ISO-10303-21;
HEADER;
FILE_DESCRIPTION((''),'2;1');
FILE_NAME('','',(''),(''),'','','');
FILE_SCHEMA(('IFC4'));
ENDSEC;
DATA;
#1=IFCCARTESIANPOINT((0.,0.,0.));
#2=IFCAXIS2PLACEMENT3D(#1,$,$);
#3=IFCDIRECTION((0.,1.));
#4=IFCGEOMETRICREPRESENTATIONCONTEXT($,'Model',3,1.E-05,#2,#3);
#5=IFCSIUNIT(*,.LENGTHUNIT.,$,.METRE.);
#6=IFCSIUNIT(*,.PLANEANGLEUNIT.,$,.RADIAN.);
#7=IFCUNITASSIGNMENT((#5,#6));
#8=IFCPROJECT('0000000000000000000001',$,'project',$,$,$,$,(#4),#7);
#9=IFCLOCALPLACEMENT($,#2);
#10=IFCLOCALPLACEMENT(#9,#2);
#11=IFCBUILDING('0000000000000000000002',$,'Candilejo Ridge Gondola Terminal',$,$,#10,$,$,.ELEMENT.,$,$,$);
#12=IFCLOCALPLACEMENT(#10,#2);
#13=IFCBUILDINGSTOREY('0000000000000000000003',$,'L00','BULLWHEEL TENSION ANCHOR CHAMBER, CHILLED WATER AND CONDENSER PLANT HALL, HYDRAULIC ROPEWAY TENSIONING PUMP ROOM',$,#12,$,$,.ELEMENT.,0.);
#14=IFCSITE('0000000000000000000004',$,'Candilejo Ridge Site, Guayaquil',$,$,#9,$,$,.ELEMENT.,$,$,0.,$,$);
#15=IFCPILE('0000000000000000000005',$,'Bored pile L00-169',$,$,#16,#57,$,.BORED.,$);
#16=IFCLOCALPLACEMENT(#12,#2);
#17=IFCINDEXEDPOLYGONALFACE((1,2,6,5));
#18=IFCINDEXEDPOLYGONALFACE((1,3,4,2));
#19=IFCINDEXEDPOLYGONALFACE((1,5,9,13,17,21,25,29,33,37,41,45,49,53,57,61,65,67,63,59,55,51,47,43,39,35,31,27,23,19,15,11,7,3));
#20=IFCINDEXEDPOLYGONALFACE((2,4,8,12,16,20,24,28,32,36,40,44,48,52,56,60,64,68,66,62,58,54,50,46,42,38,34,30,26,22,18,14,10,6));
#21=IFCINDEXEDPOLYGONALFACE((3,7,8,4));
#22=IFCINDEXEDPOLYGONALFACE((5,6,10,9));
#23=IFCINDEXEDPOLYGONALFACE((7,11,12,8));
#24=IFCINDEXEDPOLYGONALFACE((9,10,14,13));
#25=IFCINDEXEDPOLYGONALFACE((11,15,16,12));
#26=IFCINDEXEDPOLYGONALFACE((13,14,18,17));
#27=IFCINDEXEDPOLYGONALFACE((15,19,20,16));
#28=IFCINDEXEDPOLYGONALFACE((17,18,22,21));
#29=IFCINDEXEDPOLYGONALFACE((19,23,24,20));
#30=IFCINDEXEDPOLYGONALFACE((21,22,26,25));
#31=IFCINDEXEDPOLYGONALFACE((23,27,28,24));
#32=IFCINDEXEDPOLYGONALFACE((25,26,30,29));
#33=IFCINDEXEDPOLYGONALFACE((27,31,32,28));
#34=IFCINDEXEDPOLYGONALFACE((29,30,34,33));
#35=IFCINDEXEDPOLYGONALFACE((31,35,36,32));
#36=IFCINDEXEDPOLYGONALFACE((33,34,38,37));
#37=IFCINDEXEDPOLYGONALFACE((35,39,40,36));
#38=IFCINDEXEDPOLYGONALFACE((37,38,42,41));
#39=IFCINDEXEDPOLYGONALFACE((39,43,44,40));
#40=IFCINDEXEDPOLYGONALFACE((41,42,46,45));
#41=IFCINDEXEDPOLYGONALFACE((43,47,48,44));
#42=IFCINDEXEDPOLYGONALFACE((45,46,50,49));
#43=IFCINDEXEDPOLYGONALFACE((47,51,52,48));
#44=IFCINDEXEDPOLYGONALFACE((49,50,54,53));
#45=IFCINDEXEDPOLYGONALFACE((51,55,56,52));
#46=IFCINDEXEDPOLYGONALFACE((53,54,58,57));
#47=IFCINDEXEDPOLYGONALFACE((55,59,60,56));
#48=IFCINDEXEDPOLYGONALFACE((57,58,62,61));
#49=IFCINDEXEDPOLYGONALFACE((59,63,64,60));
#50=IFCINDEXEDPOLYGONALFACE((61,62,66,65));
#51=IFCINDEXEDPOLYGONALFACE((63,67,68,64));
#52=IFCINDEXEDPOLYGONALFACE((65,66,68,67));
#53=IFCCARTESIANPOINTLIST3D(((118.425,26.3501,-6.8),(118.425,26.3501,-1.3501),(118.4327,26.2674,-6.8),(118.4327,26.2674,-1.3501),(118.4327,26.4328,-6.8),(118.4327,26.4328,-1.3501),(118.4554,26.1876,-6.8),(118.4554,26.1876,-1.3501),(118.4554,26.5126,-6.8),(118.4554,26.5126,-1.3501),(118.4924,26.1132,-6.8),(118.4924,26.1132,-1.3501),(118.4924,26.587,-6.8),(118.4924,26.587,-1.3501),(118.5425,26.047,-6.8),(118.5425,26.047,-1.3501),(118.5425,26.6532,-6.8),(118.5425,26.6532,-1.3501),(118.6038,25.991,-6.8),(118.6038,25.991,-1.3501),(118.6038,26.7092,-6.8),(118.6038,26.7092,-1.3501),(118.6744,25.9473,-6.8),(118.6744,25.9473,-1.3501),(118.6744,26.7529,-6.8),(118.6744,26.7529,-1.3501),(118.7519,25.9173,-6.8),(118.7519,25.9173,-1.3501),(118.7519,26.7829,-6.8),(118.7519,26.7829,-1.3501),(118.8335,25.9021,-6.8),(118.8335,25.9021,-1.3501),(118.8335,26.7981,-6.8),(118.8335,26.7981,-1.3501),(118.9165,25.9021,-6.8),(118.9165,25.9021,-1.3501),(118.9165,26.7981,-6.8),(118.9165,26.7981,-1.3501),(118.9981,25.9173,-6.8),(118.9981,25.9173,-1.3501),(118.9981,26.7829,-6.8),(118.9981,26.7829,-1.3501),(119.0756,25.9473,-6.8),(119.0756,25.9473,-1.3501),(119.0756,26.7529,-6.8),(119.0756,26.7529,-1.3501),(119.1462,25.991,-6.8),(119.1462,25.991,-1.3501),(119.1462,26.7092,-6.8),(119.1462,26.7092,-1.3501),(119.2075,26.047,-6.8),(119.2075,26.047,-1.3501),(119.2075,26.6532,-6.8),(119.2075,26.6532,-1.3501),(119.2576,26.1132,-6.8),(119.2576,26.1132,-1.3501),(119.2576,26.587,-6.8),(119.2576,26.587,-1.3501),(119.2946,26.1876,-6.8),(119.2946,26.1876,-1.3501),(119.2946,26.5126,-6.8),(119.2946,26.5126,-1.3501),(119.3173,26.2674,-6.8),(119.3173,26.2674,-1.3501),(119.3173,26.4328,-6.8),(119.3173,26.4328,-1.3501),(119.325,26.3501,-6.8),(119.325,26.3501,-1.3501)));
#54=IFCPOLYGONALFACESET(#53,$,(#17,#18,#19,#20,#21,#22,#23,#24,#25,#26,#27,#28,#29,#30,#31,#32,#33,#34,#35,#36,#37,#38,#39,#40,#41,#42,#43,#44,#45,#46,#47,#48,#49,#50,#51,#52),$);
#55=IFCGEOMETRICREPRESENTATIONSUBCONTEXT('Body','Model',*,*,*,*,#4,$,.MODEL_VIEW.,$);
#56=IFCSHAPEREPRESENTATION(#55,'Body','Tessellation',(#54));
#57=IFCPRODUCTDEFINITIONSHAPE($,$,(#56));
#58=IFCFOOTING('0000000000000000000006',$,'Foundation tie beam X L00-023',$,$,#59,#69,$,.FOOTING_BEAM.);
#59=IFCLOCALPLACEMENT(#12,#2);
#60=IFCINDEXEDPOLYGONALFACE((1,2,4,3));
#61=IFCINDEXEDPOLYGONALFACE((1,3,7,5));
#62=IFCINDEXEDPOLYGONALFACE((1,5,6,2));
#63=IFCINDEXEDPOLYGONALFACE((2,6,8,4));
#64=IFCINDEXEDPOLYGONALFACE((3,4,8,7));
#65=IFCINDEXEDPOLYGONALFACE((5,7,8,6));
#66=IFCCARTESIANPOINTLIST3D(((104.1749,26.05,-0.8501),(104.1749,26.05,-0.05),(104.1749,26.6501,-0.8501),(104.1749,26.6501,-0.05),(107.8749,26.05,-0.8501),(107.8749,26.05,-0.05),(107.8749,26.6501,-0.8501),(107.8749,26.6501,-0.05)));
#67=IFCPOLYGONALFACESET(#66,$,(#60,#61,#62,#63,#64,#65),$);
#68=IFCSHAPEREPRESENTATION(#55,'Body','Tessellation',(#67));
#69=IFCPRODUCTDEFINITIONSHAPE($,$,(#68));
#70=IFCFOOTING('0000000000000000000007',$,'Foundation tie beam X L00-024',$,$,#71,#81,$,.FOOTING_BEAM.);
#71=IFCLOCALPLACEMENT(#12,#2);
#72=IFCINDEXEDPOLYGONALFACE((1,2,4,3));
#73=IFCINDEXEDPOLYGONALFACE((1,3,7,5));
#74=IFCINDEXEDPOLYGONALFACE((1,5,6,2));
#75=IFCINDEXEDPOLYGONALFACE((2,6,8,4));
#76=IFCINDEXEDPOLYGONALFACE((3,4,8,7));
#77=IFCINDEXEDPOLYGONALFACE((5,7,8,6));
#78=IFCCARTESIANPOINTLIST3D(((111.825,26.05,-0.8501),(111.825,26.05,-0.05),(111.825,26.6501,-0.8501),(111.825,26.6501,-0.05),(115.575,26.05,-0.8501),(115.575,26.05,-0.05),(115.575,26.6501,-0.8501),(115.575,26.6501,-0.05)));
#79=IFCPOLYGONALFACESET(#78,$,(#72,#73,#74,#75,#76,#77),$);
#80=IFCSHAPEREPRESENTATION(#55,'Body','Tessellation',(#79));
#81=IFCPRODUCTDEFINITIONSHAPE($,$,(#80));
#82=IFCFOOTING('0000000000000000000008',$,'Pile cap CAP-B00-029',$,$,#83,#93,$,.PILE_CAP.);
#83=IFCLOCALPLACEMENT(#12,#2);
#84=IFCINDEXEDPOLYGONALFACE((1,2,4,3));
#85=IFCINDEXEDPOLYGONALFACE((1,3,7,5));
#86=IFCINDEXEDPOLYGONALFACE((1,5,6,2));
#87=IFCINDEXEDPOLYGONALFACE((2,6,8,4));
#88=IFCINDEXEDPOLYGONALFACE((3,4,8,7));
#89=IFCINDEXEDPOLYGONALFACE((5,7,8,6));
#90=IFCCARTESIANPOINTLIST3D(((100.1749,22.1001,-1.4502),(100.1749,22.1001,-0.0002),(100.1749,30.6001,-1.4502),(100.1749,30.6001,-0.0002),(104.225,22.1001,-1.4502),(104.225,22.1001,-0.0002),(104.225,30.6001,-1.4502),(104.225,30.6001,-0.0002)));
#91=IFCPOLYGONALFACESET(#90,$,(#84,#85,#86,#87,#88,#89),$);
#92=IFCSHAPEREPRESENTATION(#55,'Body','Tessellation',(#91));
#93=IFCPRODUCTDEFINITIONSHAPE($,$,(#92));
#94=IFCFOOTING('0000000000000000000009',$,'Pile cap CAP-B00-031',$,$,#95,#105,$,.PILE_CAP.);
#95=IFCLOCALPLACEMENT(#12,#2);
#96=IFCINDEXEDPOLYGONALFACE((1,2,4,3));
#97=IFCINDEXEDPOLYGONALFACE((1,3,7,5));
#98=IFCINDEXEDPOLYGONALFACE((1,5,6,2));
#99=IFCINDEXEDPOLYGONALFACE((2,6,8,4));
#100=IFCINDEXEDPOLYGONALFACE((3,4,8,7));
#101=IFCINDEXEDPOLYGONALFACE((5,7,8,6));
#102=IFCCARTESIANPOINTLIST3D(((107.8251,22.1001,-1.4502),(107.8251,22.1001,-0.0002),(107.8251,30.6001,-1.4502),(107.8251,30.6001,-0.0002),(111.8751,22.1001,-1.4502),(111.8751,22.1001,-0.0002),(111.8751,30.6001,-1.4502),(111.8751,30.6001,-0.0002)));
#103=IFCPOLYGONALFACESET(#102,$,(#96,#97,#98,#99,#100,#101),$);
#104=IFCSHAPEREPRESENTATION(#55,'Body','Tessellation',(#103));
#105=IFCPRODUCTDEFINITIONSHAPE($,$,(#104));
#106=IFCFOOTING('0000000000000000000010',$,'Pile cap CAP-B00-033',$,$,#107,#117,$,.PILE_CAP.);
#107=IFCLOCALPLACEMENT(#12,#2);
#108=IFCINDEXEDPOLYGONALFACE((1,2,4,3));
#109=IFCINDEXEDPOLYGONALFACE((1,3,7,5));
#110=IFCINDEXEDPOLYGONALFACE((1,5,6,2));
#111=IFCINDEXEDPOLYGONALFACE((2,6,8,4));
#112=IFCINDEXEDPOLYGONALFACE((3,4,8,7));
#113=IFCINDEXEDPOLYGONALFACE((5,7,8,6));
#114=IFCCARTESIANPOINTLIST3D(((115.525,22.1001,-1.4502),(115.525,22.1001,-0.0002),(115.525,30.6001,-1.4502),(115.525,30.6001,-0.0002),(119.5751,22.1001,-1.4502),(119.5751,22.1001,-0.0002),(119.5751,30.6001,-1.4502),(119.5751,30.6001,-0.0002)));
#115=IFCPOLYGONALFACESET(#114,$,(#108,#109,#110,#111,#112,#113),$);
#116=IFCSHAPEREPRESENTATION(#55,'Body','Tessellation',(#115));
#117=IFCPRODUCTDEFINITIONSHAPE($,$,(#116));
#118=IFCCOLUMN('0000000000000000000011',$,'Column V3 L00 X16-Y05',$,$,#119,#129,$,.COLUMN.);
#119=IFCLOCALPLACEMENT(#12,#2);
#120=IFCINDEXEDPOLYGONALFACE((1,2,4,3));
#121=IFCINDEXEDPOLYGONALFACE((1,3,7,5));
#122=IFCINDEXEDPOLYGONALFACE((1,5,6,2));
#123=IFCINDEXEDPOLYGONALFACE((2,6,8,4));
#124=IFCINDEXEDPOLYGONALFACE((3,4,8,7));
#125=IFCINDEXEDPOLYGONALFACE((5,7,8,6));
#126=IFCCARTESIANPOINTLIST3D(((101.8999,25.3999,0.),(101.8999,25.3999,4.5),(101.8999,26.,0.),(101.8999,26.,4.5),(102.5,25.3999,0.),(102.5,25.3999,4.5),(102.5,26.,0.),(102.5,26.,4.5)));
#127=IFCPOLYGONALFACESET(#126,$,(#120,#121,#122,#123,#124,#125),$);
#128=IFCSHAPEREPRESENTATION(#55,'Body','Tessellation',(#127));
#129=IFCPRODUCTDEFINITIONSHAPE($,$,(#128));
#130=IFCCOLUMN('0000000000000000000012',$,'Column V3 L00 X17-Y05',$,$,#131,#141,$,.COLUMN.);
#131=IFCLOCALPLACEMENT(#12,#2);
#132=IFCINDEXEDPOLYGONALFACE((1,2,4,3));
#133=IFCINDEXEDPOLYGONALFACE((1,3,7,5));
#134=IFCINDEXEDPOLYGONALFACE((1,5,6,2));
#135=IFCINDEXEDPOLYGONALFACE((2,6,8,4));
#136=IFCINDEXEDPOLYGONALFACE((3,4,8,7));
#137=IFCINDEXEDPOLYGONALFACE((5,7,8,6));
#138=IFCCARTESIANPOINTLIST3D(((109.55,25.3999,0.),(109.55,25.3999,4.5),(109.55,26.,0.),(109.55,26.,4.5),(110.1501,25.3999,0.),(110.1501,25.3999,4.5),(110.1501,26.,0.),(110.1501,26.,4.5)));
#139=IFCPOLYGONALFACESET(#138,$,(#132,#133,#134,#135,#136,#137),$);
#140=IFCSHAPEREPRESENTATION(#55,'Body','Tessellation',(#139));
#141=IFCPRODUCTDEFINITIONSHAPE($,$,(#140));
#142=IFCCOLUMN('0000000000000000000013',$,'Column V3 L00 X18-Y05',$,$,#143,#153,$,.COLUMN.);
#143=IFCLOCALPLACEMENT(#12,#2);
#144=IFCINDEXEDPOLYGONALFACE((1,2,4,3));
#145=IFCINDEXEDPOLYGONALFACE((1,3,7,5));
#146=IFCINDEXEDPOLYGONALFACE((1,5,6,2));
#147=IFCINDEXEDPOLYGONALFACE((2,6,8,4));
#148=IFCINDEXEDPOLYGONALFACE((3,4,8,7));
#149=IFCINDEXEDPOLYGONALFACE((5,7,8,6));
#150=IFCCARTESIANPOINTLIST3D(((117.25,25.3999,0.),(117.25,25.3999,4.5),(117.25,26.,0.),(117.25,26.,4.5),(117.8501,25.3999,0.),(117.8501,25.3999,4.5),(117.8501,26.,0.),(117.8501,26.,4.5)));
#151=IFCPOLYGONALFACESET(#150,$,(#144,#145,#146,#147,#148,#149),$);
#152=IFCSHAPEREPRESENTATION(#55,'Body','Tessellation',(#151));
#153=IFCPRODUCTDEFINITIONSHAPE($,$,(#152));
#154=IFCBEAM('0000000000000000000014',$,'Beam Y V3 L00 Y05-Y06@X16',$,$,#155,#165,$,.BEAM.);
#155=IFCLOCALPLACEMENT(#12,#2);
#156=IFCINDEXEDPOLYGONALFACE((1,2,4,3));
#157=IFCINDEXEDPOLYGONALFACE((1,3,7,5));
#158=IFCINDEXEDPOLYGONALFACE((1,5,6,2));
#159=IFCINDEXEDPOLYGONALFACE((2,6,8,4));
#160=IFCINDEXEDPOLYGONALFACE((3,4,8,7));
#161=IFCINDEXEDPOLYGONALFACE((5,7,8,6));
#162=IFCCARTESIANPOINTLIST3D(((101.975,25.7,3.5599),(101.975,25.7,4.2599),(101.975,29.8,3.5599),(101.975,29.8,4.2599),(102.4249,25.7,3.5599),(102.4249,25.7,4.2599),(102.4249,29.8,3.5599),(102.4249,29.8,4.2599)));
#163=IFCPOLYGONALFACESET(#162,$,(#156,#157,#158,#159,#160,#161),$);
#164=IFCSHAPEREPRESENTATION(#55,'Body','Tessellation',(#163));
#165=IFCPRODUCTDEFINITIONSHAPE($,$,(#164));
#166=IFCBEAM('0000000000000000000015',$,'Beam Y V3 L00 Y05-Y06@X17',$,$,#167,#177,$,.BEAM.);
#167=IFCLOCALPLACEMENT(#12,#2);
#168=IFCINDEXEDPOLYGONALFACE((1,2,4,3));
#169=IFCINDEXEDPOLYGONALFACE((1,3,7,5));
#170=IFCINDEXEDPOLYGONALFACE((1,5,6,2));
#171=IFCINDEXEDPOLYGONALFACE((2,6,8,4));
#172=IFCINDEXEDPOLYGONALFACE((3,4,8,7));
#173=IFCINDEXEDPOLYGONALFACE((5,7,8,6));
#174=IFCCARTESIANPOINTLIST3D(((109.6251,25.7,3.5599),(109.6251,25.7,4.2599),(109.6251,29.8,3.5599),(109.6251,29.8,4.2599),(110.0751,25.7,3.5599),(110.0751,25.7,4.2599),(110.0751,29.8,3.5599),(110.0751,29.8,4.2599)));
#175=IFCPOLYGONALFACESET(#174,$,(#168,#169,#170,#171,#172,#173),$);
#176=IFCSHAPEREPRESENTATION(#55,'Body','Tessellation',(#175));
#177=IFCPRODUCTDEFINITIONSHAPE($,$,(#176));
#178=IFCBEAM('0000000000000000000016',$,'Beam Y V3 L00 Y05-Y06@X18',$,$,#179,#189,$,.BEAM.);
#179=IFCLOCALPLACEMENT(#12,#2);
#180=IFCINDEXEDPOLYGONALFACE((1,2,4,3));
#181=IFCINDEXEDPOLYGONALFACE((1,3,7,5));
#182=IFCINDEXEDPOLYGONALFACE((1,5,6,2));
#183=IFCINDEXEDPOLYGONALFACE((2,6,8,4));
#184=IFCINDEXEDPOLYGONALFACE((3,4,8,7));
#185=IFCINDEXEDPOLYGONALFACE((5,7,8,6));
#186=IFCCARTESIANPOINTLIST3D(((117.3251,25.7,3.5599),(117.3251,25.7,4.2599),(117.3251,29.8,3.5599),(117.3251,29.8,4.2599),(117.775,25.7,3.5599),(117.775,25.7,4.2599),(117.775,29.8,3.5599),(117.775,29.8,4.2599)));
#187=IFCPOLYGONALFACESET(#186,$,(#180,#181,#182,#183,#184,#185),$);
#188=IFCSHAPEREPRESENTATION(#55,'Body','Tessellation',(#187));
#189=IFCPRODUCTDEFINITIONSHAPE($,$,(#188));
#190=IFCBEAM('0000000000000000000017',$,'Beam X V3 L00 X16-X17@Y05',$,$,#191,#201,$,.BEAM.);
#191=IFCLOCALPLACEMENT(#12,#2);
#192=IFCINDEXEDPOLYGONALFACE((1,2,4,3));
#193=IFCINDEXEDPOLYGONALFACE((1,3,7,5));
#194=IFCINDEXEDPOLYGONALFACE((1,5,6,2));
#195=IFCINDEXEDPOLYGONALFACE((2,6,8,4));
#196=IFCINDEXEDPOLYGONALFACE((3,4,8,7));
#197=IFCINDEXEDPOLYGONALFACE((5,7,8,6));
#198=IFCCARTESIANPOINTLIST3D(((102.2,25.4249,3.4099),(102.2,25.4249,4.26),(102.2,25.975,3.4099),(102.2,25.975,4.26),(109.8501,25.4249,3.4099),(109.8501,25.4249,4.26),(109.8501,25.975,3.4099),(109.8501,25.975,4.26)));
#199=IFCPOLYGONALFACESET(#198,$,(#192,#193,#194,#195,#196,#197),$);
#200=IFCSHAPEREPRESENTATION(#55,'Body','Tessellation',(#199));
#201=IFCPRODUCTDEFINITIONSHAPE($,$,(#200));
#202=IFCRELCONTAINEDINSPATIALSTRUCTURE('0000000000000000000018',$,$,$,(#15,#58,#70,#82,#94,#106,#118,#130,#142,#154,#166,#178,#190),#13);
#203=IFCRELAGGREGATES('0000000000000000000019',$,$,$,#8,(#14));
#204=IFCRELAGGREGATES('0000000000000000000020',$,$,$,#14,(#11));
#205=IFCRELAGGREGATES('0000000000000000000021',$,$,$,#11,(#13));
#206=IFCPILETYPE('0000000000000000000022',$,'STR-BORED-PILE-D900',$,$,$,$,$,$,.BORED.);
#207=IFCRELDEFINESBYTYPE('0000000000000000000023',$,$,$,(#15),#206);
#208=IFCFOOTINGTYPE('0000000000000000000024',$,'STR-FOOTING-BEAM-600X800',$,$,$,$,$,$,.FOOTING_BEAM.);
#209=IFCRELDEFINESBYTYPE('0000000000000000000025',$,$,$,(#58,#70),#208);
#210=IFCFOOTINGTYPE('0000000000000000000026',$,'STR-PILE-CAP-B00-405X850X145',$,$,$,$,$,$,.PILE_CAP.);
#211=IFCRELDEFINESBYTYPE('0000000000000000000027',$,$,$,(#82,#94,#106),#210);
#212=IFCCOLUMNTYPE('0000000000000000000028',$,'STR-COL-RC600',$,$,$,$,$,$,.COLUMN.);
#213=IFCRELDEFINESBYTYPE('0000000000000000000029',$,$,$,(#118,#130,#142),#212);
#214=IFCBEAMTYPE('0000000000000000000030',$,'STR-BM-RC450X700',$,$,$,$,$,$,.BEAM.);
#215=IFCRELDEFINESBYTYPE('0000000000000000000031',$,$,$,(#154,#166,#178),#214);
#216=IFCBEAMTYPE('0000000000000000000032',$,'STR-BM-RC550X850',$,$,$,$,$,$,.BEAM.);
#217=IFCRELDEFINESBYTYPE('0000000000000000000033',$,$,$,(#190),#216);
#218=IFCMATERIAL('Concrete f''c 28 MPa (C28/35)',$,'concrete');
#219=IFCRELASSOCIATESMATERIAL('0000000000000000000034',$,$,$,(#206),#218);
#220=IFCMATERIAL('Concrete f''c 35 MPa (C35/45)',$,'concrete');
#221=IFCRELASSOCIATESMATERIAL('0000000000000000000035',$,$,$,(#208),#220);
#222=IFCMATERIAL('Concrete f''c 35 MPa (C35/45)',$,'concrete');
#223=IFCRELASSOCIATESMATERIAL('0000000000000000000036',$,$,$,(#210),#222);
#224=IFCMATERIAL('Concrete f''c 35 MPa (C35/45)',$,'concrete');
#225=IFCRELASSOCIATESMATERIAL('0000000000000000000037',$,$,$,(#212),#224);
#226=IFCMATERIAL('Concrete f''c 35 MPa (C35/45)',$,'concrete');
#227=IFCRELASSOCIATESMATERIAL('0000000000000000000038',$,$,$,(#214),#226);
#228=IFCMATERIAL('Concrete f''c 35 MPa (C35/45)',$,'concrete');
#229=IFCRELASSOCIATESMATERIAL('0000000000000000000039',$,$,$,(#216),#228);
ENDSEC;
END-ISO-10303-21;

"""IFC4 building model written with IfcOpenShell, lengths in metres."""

from ifc_helpers import new_model, si_unit, direction, frame, origin, origin_2d, place, context, subcontext, project, spatial, rectangle, circle, extrude, material, material_profile, profile_set, type_object, element, save


model = new_model("IFC4")

# Units and contexts
model_context = context("Model", 3, precision=1e-05, world=origin(), true_north=direction((0.0, 1.0)))
body_context = subcontext(model_context, "Body", "Model", "MODEL_VIEW")
ifc_project = project(units=[si_unit("LENGTHUNIT", "METRE"), si_unit("PLANEANGLEUNIT", "RADIAN")], contexts=[model_context])

# Site, building, storey
site_placement = place(None, origin())
site = spatial("IfcSite", under=ifc_project, at=site_placement, Name="Candilejo Ridge Site, Guayaquil", CompositionType="ELEMENT", RefElevation=0.0)
building_placement = place(site_placement, origin())
building = spatial("IfcBuilding", under=site, at=building_placement, Name="Candilejo Ridge Gondola Terminal", CompositionType="ELEMENT")
storey_placement = place(building_placement, origin())
storey = spatial("IfcBuildingStorey", under=building, at=storey_placement, Name="L00", Description="BULLWHEEL TENSION ANCHOR CHAMBER, CHILLED WATER AND CONDENSER PLANT HALL, HYDRAULIC ROPEWAY TENSIONING PUMP ROOM", CompositionType="ELEMENT", Elevation=0.0)

# Pile
ifc_material_1 = material(Name="Concrete f'c 28 MPa (C28/35)", Category="concrete")
ifc_material_profile_1 = material_profile(ifc_material_1, circle(Radius=0.45, at=origin_2d()))
ifc_profile_set_1 = profile_set([ifc_material_profile_1], Name="Concrete f'c 28 MPa (C28/35)")
pile_type = type_object("IfcPileType", Name="STR-BORED-PILE-D900", PredefinedType="BORED", material=ifc_profile_set_1)
for number, where, z_axis, x_axis, name in (
    (1, (118.875, 26.3501, -1.3501), (0.0, 0.0, -1.0), (1.0, 0.0, 0.0), "Bored pile L00-169"),
):
    element("IfcPile", number, at=place(storey_placement, frame(where, z_axis=z_axis, x_axis=x_axis)), inside=storey, type_object=pile_type, Name=name, PredefinedType="BORED", context=body_context, shape_type="SweptSolid", body=[
        extrude(circle(Radius=0.45, at=origin_2d()), origin(), (0.0, 0.0, 1.0), 5.45),
    ])

# Footings
ifc_material_2 = material(Name="Concrete f'c 35 MPa (C35/45)", Category="concrete")
footing_type_1 = type_object("IfcFootingType", Name="STR-FOOTING-BEAM-600X800", PredefinedType="FOOTING_BEAM", material=ifc_material_2)
footing_1_placement = place(storey_placement, frame((106.0249, 26.3501, -0.8501), z_axis=(0.0, 0.0, 1.0), x_axis=(1.0, 0.0, 0.0)))
element("IfcFooting", 2, at=footing_1_placement, inside=storey, type_object=footing_type_1, Name="Foundation tie beam X L00-023", PredefinedType="FOOTING_BEAM", context=body_context, shape_type="SweptSolid", body=[
    extrude(rectangle(XDim=3.7, YDim=0.6001, at=origin_2d()), origin(), (0.0, 0.0, 1.0), 0.8),
])
footing_2_placement = place(storey_placement, frame((113.7, 26.3501, -0.8501), z_axis=(0.0, 0.0, 1.0), x_axis=(1.0, 0.0, 0.0)))
element("IfcFooting", 3, at=footing_2_placement, inside=storey, type_object=footing_type_1, Name="Foundation tie beam X L00-024", PredefinedType="FOOTING_BEAM", context=body_context, shape_type="SweptSolid", body=[
    extrude(rectangle(XDim=3.75, YDim=0.6001, at=origin_2d()), origin(), (0.0, 0.0, 1.0), 0.8),
])
ifc_material_3 = material(Name="Concrete f'c 35 MPa (C35/45)", Category="concrete")
footing_type_2 = type_object("IfcFootingType", Name="STR-PILE-CAP-B00-405X850X145", PredefinedType="PILE_CAP", material=ifc_material_3)
for number, where, z_axis, x_axis, name in (
    (4, (102.2, 26.3501, -1.4502), (0.0, 0.0, 1.0), (1.0, 0.0, 0.0), "Pile cap CAP-B00-029"),
    (5, (109.8501, 26.3501, -1.4502), (0.0, 0.0, 1.0), (1.0, 0.0, 0.0), "Pile cap CAP-B00-031"),
    (6, (117.55, 26.3501, -1.4502), (0.0, 0.0, 1.0), (1.0, 0.0, 0.0), "Pile cap CAP-B00-033"),
):
    element("IfcFooting", number, at=place(storey_placement, frame(where, z_axis=z_axis, x_axis=x_axis)), inside=storey, type_object=footing_type_2, Name=name, PredefinedType="PILE_CAP", context=body_context, shape_type="SweptSolid", body=[
        extrude(rectangle(XDim=4.05, YDim=8.5, at=origin_2d()), origin(), (0.0, 0.0, 1.0), 1.45),
    ])

# Columns
ifc_material_4 = material(Name="Concrete f'c 35 MPa (C35/45)", Category="concrete")
ifc_material_profile_2 = material_profile(ifc_material_4, rectangle(XDim=0.6001, YDim=0.6001, at=origin_2d()))
ifc_profile_set_2 = profile_set([ifc_material_profile_2], Name="Concrete f'c 35 MPa (C35/45)")
column_type = type_object("IfcColumnType", Name="STR-COL-RC600", PredefinedType="COLUMN", material=ifc_profile_set_2)
for number, where, z_axis, x_axis, name in (
    (7, (102.2, 25.7, 0.0), (0.0, 0.0, 1.0), (1.0, 0.0, 0.0), "Column V3 L00 X16-Y05"),
    (8, (109.8501, 25.7, 0.0), (0.0, 0.0, 1.0), (1.0, 0.0, 0.0), "Column V3 L00 X17-Y05"),
    (9, (117.55, 25.7, 0.0), (0.0, 0.0, 1.0), (1.0, 0.0, 0.0), "Column V3 L00 X18-Y05"),
):
    element("IfcColumn", number, at=place(storey_placement, frame(where, z_axis=z_axis, x_axis=x_axis)), inside=storey, type_object=column_type, Name=name, PredefinedType="COLUMN", context=body_context, shape_type="SweptSolid", body=[
        extrude(rectangle(XDim=0.6001, YDim=0.6001, at=origin_2d()), origin(), (0.0, 0.0, 1.0), 4.5),
    ])

# Beams
ifc_material_5 = material(Name="Concrete f'c 35 MPa (C35/45)", Category="concrete")
ifc_material_profile_3 = material_profile(ifc_material_5, rectangle(XDim=0.45, YDim=0.7, at=origin_2d()))
ifc_profile_set_3 = profile_set([ifc_material_profile_3], Name="Concrete f'c 35 MPa (C35/45)")
beam_type_1 = type_object("IfcBeamType", Name="STR-BM-RC450X700", PredefinedType="BEAM", material=ifc_profile_set_3)
for number, where, z_axis, x_axis, name in (
    (10, (102.2, 25.7, 3.9099), (0.0, 1.0, 0.0), (-1.0, 0.0, 0.0), "Beam Y V3 L00 Y05-Y06@X16"),
    (11, (109.8501, 25.7, 3.9099), (0.0, 1.0, 0.0), (-1.0, 0.0, 0.0), "Beam Y V3 L00 Y05-Y06@X17"),
    (12, (117.55, 25.7, 3.9099), (0.0, 1.0, 0.0), (-1.0, 0.0, 0.0), "Beam Y V3 L00 Y05-Y06@X18"),
):
    element("IfcBeam", number, at=place(storey_placement, frame(where, z_axis=z_axis, x_axis=x_axis)), inside=storey, type_object=beam_type_1, Name=name, PredefinedType="BEAM", context=body_context, shape_type="SweptSolid", body=[
        extrude(rectangle(XDim=0.45, YDim=0.7, at=origin_2d()), origin(), (0.0, 0.0, 1.0), 4.1001),
    ])
ifc_material_6 = material(Name="Concrete f'c 35 MPa (C35/45)", Category="concrete")
ifc_material_profile_4 = material_profile(ifc_material_6, rectangle(XDim=0.55, YDim=0.8501, at=origin_2d()))
ifc_profile_set_4 = profile_set([ifc_material_profile_4], Name="Concrete f'c 35 MPa (C35/45)")
beam_type_2 = type_object("IfcBeamType", Name="STR-BM-RC550X850", PredefinedType="BEAM", material=ifc_profile_set_4)
beam_1_placement = place(storey_placement, frame((102.2, 25.7, 3.835), z_axis=(1.0, 0.0, 0.0), x_axis=(0.0, 1.0, 0.0)))
element("IfcBeam", 13, at=beam_1_placement, inside=storey, type_object=beam_type_2, Name="Beam X V3 L00 X16-X17@Y05", PredefinedType="BEAM", context=body_context, shape_type="SweptSolid", body=[
    extrude(rectangle(XDim=0.55, YDim=0.8501, at=origin_2d()), origin(), (0.0, 0.0, 1.0), 7.6501),
])

save(model, "model.ifc")
